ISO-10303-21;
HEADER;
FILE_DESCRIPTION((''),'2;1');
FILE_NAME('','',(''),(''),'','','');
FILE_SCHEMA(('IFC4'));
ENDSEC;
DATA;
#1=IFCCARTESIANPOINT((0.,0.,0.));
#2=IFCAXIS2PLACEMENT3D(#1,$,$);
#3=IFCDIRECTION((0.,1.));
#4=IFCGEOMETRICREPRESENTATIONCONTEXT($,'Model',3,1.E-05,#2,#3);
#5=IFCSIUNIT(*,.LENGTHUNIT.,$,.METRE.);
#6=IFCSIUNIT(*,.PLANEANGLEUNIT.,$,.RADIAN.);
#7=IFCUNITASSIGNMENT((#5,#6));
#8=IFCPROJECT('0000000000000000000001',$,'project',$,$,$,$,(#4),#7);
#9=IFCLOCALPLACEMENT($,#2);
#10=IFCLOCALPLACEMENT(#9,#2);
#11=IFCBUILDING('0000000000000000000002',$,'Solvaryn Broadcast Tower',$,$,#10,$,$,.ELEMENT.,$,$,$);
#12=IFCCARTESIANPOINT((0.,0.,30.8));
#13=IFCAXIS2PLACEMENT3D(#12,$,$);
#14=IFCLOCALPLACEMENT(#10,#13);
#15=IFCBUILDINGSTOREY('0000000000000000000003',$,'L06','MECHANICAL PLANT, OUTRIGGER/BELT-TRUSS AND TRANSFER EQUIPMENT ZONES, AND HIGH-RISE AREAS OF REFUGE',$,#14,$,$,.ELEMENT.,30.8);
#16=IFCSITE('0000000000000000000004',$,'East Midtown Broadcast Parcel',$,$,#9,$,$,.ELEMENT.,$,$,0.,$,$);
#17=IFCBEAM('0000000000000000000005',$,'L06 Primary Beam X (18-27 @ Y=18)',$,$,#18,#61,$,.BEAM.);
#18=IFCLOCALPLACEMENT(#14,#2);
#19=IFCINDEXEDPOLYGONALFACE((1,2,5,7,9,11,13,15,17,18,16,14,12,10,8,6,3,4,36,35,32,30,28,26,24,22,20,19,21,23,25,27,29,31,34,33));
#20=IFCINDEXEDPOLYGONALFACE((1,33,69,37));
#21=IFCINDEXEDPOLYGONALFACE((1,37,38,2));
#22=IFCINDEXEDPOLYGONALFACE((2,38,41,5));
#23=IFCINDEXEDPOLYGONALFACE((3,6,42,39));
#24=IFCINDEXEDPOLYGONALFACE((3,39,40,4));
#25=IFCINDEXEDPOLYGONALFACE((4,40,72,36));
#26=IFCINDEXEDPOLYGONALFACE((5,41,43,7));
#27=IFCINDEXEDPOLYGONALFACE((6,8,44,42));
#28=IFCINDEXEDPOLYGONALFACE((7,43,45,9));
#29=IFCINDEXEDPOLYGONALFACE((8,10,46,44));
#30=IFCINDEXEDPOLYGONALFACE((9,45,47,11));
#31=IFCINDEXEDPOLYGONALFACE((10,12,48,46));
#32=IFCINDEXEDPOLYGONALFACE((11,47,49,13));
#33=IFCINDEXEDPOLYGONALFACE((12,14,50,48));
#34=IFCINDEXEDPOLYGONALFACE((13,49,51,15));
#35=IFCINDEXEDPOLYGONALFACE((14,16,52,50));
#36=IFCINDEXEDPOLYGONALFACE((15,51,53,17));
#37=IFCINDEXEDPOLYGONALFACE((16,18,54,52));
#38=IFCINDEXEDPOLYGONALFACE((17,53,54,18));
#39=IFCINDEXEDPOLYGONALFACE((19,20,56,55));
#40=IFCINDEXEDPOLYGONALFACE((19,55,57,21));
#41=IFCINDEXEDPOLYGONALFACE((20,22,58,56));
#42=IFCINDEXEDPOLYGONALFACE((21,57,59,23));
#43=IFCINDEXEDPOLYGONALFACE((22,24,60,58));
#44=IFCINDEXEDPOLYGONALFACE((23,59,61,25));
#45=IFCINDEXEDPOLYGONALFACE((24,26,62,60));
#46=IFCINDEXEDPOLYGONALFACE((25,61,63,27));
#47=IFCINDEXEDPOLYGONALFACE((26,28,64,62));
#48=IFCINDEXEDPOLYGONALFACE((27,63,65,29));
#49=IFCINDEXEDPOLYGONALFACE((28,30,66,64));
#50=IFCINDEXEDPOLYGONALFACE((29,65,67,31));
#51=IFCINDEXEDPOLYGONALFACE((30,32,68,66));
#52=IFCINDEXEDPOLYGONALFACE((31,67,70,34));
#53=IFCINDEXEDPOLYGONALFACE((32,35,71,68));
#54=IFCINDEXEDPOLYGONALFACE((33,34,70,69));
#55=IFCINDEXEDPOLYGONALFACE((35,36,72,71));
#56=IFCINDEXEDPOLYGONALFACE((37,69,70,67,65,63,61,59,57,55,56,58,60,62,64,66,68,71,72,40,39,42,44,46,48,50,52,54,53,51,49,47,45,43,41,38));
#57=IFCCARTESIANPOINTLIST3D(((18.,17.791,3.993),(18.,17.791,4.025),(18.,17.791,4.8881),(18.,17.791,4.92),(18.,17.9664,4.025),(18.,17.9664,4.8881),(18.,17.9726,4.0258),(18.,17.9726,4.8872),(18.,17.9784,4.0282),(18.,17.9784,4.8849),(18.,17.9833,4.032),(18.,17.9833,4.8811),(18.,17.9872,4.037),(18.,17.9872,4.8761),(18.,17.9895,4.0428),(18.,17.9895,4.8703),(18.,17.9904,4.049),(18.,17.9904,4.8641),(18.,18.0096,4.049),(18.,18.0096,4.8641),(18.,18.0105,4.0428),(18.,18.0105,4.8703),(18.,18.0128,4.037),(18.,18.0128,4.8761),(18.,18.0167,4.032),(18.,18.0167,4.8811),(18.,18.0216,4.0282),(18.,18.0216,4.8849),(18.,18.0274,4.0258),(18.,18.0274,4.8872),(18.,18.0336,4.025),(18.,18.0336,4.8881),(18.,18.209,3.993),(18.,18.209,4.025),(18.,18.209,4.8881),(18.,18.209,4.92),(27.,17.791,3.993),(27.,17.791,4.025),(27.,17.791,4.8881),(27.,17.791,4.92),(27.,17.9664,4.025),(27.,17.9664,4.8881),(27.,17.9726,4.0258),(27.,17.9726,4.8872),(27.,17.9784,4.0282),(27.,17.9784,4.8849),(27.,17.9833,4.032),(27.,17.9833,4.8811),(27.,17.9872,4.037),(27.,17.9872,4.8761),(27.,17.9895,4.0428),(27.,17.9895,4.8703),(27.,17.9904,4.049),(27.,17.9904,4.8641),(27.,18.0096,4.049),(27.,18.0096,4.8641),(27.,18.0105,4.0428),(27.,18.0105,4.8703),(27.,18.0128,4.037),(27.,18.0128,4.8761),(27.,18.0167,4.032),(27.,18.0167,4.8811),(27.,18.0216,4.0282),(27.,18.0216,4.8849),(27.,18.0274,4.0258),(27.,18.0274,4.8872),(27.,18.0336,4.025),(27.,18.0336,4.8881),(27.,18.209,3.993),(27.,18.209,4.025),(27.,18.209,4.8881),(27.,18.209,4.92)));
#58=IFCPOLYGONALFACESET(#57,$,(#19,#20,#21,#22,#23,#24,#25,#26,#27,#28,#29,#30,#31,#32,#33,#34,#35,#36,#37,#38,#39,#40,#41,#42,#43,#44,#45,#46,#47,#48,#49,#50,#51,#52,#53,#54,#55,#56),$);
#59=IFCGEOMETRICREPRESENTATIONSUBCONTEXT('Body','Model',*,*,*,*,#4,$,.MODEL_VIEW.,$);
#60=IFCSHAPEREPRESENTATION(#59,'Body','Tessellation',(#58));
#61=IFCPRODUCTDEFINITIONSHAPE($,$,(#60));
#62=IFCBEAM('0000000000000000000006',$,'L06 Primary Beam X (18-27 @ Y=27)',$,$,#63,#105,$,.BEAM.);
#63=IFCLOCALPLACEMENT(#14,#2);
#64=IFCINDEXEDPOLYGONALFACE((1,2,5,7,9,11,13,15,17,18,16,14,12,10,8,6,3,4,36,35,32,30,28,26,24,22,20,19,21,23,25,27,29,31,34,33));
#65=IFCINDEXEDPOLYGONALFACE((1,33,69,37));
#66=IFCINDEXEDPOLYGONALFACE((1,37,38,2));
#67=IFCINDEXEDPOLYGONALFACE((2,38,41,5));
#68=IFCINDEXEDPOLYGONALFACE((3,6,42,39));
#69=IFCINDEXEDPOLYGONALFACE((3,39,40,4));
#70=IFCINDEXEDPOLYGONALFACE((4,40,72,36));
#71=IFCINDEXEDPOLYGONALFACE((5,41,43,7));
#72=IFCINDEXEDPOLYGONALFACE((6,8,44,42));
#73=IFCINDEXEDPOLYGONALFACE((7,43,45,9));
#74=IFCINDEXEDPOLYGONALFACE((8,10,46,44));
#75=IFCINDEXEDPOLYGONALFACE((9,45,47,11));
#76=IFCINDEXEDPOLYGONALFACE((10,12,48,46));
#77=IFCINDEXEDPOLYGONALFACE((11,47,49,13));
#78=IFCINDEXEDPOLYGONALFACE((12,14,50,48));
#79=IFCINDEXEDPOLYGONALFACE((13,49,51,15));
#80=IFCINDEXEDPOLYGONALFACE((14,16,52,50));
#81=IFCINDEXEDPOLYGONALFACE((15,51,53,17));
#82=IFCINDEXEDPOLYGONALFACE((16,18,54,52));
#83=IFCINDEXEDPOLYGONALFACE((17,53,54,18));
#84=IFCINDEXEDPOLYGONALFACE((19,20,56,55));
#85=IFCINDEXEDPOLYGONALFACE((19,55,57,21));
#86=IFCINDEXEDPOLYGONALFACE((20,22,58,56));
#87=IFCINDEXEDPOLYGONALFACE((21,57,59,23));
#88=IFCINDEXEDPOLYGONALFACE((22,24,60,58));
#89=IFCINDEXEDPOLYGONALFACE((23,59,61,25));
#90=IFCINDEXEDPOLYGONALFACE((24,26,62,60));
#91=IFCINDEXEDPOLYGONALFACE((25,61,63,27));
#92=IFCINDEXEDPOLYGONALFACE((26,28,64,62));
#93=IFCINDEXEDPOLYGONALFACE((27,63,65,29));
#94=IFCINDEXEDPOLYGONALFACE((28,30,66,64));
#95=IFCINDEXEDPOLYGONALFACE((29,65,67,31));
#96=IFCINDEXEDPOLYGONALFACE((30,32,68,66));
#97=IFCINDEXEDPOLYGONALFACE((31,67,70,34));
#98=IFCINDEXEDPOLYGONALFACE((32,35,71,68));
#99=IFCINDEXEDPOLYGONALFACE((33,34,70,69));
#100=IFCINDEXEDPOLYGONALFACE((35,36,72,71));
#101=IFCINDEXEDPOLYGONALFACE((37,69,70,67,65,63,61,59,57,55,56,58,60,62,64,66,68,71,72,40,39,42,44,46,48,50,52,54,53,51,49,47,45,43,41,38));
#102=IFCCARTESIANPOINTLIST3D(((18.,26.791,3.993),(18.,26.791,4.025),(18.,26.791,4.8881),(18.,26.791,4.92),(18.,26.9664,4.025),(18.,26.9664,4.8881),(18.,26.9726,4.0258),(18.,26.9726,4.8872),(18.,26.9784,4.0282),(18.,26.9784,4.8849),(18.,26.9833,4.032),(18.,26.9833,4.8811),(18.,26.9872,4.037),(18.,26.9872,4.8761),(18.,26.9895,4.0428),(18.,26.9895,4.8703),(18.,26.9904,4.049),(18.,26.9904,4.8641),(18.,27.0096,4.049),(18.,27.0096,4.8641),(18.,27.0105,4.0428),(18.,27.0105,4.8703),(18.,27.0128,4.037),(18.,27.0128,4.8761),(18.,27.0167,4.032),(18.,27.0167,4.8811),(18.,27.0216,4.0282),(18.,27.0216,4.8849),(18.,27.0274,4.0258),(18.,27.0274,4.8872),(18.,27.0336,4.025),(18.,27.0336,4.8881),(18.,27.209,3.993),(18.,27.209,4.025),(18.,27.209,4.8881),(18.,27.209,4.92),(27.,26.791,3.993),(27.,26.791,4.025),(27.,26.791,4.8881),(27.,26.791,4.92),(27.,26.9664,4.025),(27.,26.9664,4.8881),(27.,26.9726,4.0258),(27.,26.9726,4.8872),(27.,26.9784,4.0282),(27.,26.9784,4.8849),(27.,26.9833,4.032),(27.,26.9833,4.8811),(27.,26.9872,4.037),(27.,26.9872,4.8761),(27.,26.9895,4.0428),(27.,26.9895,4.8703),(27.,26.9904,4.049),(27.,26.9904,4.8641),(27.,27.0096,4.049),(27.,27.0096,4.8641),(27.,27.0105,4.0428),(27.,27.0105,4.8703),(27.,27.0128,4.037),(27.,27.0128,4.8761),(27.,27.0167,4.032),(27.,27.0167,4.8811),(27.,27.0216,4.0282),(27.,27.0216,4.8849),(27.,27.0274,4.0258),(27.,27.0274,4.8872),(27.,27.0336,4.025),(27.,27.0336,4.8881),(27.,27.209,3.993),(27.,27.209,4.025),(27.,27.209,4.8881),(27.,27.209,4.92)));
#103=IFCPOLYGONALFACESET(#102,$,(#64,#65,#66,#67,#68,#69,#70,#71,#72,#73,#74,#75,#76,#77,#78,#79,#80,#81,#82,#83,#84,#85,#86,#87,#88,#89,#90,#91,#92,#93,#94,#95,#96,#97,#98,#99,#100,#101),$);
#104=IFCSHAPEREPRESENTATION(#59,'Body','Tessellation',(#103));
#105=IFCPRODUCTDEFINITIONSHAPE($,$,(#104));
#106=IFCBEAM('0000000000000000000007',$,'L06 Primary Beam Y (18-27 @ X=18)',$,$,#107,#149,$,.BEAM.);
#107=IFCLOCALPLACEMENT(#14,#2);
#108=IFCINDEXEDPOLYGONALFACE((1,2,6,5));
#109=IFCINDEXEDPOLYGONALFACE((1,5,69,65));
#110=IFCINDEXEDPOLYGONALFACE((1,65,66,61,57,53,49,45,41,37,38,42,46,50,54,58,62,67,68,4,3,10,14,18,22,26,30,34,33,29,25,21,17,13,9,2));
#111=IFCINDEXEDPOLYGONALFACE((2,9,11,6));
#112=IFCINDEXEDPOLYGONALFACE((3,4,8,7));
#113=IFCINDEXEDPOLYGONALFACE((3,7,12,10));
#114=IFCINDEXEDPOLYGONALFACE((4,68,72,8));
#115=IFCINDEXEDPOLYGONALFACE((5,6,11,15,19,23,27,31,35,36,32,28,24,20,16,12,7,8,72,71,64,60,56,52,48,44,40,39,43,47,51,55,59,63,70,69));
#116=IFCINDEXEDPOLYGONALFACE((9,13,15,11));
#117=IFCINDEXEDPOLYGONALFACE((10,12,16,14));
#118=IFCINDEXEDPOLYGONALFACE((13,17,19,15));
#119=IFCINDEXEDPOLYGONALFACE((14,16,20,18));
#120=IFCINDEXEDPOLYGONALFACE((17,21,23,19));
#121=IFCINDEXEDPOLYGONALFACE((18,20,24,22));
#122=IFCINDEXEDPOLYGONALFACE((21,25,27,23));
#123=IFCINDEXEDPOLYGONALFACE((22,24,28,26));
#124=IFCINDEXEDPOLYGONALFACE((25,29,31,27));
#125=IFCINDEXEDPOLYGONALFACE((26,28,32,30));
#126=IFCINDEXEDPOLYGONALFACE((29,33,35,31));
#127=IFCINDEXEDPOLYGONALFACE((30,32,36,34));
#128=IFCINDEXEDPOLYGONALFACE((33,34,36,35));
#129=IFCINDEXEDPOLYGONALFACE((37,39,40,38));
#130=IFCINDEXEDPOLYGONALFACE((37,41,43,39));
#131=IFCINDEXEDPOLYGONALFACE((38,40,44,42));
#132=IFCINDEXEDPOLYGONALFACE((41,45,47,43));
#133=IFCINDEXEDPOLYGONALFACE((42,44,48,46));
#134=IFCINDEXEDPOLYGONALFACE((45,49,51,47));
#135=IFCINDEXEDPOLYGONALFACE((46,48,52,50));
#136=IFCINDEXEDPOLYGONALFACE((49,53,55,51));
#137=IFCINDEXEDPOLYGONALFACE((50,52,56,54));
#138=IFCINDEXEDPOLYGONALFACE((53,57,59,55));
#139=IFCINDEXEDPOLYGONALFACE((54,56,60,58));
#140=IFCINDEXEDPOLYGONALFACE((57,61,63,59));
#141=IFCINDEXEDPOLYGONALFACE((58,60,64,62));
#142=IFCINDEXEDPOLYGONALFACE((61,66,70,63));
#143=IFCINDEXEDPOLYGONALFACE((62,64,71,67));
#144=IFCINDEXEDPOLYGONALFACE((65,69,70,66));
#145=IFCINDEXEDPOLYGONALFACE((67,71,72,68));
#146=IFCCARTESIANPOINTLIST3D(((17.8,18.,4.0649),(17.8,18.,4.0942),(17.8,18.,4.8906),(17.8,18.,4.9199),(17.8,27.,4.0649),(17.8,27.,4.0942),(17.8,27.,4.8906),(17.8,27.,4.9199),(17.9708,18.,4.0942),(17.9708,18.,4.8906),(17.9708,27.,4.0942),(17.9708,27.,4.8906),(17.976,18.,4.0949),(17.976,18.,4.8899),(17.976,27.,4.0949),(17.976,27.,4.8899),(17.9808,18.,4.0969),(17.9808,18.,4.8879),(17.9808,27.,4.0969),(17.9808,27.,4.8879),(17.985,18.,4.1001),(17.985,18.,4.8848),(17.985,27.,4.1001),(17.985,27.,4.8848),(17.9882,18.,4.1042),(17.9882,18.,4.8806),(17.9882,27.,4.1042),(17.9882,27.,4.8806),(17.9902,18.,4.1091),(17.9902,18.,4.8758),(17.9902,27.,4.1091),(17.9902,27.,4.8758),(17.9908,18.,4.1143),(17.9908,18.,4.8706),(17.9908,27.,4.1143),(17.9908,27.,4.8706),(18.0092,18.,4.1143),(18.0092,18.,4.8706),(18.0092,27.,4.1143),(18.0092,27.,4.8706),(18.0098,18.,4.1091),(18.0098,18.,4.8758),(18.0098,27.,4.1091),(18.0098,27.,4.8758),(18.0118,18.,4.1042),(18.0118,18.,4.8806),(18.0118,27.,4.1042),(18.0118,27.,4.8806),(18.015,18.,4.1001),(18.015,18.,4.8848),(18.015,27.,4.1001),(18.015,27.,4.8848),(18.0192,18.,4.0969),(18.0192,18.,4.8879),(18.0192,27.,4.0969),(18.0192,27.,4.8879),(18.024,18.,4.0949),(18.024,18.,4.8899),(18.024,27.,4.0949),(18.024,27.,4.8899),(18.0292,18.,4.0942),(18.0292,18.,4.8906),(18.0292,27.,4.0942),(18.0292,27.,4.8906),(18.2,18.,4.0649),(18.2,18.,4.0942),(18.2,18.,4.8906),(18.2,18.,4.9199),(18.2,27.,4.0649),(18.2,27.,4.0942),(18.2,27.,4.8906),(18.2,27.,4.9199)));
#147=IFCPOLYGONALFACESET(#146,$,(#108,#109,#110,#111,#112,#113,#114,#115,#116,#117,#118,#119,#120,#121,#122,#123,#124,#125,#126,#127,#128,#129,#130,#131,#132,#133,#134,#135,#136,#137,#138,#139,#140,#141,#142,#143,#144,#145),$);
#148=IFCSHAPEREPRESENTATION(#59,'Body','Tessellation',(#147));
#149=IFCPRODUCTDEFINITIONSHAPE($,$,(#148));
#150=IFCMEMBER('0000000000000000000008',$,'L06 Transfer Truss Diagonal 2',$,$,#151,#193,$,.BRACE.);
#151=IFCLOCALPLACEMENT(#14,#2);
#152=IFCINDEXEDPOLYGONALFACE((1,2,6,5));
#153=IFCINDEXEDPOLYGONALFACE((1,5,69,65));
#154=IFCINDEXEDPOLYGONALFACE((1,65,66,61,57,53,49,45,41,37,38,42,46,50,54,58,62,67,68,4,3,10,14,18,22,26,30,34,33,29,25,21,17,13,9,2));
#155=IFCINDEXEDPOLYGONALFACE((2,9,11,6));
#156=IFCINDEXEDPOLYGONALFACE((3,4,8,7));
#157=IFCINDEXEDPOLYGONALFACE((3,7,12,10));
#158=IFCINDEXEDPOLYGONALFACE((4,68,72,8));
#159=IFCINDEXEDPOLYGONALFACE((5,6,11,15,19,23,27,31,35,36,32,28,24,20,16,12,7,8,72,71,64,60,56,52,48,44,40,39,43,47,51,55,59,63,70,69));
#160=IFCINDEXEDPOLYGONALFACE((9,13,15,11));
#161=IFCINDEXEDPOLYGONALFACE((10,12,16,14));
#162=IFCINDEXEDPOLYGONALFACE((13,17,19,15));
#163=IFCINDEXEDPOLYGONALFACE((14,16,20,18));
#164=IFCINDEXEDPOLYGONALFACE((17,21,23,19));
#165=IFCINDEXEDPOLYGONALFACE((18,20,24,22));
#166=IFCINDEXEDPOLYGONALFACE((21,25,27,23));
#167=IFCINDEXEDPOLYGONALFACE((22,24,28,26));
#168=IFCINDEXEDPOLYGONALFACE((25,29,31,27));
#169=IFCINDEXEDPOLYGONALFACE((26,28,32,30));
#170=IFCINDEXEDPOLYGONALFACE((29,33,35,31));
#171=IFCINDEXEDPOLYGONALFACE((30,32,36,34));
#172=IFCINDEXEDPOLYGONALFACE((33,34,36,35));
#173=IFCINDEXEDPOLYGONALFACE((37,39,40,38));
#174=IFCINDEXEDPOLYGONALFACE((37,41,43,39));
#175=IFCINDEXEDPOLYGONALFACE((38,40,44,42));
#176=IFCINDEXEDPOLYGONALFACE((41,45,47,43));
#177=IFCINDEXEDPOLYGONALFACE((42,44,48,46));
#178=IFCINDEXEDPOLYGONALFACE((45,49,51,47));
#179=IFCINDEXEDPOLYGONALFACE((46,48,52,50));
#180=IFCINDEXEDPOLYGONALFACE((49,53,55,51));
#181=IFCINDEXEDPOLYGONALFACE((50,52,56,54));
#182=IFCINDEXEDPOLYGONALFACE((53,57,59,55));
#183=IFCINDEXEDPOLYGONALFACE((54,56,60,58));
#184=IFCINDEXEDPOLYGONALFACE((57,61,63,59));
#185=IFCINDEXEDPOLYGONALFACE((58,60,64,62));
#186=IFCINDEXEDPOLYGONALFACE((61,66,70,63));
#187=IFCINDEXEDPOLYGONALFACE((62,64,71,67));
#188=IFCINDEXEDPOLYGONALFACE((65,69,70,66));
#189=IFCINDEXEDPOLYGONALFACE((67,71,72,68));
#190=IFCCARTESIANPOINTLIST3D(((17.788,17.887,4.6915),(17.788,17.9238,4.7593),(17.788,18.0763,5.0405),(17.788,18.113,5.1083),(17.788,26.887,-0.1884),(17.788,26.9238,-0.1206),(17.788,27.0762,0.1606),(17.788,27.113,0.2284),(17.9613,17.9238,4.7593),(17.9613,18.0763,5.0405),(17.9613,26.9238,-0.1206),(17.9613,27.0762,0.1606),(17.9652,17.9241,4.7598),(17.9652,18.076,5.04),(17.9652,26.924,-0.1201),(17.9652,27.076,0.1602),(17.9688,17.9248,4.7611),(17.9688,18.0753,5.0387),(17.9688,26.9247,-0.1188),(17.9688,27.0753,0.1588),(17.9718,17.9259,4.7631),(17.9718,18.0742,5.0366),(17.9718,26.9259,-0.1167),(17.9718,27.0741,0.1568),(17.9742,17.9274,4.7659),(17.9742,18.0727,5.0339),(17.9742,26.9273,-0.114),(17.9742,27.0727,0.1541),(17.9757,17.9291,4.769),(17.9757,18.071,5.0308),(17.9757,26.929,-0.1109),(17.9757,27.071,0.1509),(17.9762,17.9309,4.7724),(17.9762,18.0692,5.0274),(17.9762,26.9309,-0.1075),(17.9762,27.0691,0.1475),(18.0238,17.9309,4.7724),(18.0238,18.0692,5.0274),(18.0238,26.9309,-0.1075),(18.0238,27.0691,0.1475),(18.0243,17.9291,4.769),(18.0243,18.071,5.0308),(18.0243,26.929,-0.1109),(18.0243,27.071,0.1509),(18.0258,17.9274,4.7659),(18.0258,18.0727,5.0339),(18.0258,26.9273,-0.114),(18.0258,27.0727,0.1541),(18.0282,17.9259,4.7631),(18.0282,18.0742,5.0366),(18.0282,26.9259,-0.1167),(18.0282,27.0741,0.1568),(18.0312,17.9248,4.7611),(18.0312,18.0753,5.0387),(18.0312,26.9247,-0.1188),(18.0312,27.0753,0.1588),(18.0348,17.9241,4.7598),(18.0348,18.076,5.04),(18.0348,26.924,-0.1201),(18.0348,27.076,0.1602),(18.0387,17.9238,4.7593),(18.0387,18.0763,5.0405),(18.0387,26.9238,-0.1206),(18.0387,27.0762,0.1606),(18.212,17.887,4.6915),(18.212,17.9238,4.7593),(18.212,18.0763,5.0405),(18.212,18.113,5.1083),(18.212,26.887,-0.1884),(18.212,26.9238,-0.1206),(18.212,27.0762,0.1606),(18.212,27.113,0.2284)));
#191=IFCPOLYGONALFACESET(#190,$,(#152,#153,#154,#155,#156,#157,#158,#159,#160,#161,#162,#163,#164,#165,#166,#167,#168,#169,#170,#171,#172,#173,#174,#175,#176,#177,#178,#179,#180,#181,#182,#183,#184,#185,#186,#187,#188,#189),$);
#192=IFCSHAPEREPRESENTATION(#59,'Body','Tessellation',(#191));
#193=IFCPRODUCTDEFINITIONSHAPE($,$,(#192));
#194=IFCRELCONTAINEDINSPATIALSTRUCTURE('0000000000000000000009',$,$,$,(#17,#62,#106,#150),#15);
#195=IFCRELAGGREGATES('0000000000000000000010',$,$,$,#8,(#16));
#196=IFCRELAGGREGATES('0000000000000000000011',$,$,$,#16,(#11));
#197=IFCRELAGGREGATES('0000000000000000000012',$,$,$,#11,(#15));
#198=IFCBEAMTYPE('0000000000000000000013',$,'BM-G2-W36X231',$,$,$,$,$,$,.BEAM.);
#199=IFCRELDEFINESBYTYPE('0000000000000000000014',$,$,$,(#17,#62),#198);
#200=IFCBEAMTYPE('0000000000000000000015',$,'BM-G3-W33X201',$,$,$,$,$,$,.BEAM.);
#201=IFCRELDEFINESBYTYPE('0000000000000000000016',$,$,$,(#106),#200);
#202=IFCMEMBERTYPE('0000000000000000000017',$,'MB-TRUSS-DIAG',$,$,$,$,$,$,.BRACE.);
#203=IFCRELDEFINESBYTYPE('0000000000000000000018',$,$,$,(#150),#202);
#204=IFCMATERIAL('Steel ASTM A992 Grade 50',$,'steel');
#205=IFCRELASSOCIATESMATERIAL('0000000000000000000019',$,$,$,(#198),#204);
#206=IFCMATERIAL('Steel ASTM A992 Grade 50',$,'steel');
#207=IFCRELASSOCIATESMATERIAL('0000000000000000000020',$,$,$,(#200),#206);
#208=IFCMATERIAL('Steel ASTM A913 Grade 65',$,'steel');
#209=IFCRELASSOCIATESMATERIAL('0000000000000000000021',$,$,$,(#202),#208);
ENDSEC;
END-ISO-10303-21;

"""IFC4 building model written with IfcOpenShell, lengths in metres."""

from ifc_helpers import new_model, si_unit, direction, frame, origin, origin_2d, place, context, subcontext, project, spatial, i_section, extrude, material, material_profile, profile_set, type_object, element, save


model = new_model("IFC4")

# Units and contexts
model_context = context("Model", 3, precision=1e-05, world=origin(), true_north=direction((0.0, 1.0)))
body_context = subcontext(model_context, "Body", "Model", "MODEL_VIEW")
ifc_project = project(units=[si_unit("LENGTHUNIT", "METRE"), si_unit("PLANEANGLEUNIT", "RADIAN")], contexts=[model_context])

# Site, building, storey
site_placement = place(None, origin())
site = spatial("IfcSite", under=ifc_project, at=site_placement, Name="East Midtown Broadcast Parcel", CompositionType="ELEMENT", RefElevation=0.0)
building_placement = place(site_placement, origin())
building = spatial("IfcBuilding", under=site, at=building_placement, Name="Solvaryn Broadcast Tower", CompositionType="ELEMENT")
storey_placement = place(building_placement, frame((0.0, 0.0, 30.8)))
storey = spatial("IfcBuildingStorey", under=building, at=storey_placement, Name="L06", Description="MECHANICAL PLANT, OUTRIGGER/BELT-TRUSS AND TRANSFER EQUIPMENT ZONES, AND HIGH-RISE AREAS OF REFUGE", CompositionType="ELEMENT", Elevation=30.8)

# Beams
ifc_material_1 = material(Name="Steel ASTM A992 Grade 50", Category="steel")
ifc_material_profile_1 = material_profile(ifc_material_1, i_section(OverallWidth=0.418, OverallDepth=0.927, WebThickness=0.0193, FlangeThickness=0.032, FilletRadius=0.0239, at=origin_2d()))
ifc_profile_set_1 = profile_set([ifc_material_profile_1], Name="Steel ASTM A992 Grade 50")
beam_type_1 = type_object("IfcBeamType", Name="BM-G2-W36X231", PredefinedType="BEAM", material=ifc_profile_set_1)
for number, where, z_axis, x_axis, name in (
    (1, (18.0, 18.0, 4.4565), (1.0, 0.0, 0.0), (0.0, 1.0, 0.0), "L06 Primary Beam X (18-27 @ Y=18)"),
    (2, (18.0, 27.0, 4.4565), (1.0, 0.0, 0.0), (0.0, 1.0, 0.0), "L06 Primary Beam X (18-27 @ Y=27)"),
):
    element("IfcBeam", number, at=place(storey_placement, frame(where, z_axis=z_axis, x_axis=x_axis)), inside=storey, type_object=beam_type_1, Name=name, PredefinedType="BEAM", context=body_context, shape_type="SweptSolid", body=[
        extrude(i_section(OverallWidth=0.418, OverallDepth=0.927, WebThickness=0.0193, FlangeThickness=0.032, FilletRadius=0.0239, at=origin_2d()), origin(), (0.0, 0.0, 1.0), 9.0),
    ])
ifc_material_2 = material(Name="Steel ASTM A992 Grade 50", Category="steel")
ifc_material_profile_2 = material_profile(ifc_material_2, i_section(OverallWidth=0.3999, OverallDepth=0.855, WebThickness=0.0183, FlangeThickness=0.0293, FilletRadius=0.02, at=origin_2d()))
ifc_profile_set_2 = profile_set([ifc_material_profile_2], Name="Steel ASTM A992 Grade 50")
beam_type_2 = type_object("IfcBeamType", Name="BM-G3-W33X201", PredefinedType="BEAM", material=ifc_profile_set_2)
beam_1_placement = place(storey_placement, frame((18.0, 18.0, 4.4924), z_axis=(0.0, 1.0, 0.0), x_axis=(-1.0, 0.0, 0.0)))
element("IfcBeam", 3, at=beam_1_placement, inside=storey, type_object=beam_type_2, Name="L06 Primary Beam Y (18-27 @ X=18)", PredefinedType="BEAM", context=body_context, shape_type="SweptSolid", body=[
    extrude(i_section(OverallWidth=0.3999, OverallDepth=0.855, WebThickness=0.0183, FlangeThickness=0.0293, FilletRadius=0.02, at=origin_2d()), origin(), (0.0, 0.0, 1.0), 9.0),
])

# Member
ifc_material_3 = material(Name="Steel ASTM A913 Grade 65", Category="steel")
ifc_material_profile_3 = material_profile(ifc_material_3, i_section(OverallWidth=0.4241, OverallDepth=0.4741, WebThickness=0.0476, FlangeThickness=0.0771, FilletRadius=0.0149, at=origin_2d()))
ifc_profile_set_3 = profile_set([ifc_material_profile_3], Name="Steel ASTM A913 Grade 65")
member_type = type_object("IfcMemberType", Name="MB-TRUSS-DIAG", PredefinedType="BRACE", material=ifc_profile_set_3)
member_placement = place(storey_placement, frame((18.0, 27.0, 0.02), z_axis=(0.0, -0.879092, 0.476652), x_axis=(1.0, 0.0, 0.0)))
element("IfcMember", 4, at=member_placement, inside=storey, type_object=member_type, Name="L06 Transfer Truss Diagonal 2", PredefinedType="BRACE", context=body_context, shape_type="SweptSolid", body=[
    extrude(i_section(OverallWidth=0.4241, OverallDepth=0.4741, WebThickness=0.0476, FlangeThickness=0.0771, FilletRadius=0.0149, at=origin_2d()), origin(), (0.0, 0.0, 1.0), 10.2378),
])

save(model, "model.ifc")
